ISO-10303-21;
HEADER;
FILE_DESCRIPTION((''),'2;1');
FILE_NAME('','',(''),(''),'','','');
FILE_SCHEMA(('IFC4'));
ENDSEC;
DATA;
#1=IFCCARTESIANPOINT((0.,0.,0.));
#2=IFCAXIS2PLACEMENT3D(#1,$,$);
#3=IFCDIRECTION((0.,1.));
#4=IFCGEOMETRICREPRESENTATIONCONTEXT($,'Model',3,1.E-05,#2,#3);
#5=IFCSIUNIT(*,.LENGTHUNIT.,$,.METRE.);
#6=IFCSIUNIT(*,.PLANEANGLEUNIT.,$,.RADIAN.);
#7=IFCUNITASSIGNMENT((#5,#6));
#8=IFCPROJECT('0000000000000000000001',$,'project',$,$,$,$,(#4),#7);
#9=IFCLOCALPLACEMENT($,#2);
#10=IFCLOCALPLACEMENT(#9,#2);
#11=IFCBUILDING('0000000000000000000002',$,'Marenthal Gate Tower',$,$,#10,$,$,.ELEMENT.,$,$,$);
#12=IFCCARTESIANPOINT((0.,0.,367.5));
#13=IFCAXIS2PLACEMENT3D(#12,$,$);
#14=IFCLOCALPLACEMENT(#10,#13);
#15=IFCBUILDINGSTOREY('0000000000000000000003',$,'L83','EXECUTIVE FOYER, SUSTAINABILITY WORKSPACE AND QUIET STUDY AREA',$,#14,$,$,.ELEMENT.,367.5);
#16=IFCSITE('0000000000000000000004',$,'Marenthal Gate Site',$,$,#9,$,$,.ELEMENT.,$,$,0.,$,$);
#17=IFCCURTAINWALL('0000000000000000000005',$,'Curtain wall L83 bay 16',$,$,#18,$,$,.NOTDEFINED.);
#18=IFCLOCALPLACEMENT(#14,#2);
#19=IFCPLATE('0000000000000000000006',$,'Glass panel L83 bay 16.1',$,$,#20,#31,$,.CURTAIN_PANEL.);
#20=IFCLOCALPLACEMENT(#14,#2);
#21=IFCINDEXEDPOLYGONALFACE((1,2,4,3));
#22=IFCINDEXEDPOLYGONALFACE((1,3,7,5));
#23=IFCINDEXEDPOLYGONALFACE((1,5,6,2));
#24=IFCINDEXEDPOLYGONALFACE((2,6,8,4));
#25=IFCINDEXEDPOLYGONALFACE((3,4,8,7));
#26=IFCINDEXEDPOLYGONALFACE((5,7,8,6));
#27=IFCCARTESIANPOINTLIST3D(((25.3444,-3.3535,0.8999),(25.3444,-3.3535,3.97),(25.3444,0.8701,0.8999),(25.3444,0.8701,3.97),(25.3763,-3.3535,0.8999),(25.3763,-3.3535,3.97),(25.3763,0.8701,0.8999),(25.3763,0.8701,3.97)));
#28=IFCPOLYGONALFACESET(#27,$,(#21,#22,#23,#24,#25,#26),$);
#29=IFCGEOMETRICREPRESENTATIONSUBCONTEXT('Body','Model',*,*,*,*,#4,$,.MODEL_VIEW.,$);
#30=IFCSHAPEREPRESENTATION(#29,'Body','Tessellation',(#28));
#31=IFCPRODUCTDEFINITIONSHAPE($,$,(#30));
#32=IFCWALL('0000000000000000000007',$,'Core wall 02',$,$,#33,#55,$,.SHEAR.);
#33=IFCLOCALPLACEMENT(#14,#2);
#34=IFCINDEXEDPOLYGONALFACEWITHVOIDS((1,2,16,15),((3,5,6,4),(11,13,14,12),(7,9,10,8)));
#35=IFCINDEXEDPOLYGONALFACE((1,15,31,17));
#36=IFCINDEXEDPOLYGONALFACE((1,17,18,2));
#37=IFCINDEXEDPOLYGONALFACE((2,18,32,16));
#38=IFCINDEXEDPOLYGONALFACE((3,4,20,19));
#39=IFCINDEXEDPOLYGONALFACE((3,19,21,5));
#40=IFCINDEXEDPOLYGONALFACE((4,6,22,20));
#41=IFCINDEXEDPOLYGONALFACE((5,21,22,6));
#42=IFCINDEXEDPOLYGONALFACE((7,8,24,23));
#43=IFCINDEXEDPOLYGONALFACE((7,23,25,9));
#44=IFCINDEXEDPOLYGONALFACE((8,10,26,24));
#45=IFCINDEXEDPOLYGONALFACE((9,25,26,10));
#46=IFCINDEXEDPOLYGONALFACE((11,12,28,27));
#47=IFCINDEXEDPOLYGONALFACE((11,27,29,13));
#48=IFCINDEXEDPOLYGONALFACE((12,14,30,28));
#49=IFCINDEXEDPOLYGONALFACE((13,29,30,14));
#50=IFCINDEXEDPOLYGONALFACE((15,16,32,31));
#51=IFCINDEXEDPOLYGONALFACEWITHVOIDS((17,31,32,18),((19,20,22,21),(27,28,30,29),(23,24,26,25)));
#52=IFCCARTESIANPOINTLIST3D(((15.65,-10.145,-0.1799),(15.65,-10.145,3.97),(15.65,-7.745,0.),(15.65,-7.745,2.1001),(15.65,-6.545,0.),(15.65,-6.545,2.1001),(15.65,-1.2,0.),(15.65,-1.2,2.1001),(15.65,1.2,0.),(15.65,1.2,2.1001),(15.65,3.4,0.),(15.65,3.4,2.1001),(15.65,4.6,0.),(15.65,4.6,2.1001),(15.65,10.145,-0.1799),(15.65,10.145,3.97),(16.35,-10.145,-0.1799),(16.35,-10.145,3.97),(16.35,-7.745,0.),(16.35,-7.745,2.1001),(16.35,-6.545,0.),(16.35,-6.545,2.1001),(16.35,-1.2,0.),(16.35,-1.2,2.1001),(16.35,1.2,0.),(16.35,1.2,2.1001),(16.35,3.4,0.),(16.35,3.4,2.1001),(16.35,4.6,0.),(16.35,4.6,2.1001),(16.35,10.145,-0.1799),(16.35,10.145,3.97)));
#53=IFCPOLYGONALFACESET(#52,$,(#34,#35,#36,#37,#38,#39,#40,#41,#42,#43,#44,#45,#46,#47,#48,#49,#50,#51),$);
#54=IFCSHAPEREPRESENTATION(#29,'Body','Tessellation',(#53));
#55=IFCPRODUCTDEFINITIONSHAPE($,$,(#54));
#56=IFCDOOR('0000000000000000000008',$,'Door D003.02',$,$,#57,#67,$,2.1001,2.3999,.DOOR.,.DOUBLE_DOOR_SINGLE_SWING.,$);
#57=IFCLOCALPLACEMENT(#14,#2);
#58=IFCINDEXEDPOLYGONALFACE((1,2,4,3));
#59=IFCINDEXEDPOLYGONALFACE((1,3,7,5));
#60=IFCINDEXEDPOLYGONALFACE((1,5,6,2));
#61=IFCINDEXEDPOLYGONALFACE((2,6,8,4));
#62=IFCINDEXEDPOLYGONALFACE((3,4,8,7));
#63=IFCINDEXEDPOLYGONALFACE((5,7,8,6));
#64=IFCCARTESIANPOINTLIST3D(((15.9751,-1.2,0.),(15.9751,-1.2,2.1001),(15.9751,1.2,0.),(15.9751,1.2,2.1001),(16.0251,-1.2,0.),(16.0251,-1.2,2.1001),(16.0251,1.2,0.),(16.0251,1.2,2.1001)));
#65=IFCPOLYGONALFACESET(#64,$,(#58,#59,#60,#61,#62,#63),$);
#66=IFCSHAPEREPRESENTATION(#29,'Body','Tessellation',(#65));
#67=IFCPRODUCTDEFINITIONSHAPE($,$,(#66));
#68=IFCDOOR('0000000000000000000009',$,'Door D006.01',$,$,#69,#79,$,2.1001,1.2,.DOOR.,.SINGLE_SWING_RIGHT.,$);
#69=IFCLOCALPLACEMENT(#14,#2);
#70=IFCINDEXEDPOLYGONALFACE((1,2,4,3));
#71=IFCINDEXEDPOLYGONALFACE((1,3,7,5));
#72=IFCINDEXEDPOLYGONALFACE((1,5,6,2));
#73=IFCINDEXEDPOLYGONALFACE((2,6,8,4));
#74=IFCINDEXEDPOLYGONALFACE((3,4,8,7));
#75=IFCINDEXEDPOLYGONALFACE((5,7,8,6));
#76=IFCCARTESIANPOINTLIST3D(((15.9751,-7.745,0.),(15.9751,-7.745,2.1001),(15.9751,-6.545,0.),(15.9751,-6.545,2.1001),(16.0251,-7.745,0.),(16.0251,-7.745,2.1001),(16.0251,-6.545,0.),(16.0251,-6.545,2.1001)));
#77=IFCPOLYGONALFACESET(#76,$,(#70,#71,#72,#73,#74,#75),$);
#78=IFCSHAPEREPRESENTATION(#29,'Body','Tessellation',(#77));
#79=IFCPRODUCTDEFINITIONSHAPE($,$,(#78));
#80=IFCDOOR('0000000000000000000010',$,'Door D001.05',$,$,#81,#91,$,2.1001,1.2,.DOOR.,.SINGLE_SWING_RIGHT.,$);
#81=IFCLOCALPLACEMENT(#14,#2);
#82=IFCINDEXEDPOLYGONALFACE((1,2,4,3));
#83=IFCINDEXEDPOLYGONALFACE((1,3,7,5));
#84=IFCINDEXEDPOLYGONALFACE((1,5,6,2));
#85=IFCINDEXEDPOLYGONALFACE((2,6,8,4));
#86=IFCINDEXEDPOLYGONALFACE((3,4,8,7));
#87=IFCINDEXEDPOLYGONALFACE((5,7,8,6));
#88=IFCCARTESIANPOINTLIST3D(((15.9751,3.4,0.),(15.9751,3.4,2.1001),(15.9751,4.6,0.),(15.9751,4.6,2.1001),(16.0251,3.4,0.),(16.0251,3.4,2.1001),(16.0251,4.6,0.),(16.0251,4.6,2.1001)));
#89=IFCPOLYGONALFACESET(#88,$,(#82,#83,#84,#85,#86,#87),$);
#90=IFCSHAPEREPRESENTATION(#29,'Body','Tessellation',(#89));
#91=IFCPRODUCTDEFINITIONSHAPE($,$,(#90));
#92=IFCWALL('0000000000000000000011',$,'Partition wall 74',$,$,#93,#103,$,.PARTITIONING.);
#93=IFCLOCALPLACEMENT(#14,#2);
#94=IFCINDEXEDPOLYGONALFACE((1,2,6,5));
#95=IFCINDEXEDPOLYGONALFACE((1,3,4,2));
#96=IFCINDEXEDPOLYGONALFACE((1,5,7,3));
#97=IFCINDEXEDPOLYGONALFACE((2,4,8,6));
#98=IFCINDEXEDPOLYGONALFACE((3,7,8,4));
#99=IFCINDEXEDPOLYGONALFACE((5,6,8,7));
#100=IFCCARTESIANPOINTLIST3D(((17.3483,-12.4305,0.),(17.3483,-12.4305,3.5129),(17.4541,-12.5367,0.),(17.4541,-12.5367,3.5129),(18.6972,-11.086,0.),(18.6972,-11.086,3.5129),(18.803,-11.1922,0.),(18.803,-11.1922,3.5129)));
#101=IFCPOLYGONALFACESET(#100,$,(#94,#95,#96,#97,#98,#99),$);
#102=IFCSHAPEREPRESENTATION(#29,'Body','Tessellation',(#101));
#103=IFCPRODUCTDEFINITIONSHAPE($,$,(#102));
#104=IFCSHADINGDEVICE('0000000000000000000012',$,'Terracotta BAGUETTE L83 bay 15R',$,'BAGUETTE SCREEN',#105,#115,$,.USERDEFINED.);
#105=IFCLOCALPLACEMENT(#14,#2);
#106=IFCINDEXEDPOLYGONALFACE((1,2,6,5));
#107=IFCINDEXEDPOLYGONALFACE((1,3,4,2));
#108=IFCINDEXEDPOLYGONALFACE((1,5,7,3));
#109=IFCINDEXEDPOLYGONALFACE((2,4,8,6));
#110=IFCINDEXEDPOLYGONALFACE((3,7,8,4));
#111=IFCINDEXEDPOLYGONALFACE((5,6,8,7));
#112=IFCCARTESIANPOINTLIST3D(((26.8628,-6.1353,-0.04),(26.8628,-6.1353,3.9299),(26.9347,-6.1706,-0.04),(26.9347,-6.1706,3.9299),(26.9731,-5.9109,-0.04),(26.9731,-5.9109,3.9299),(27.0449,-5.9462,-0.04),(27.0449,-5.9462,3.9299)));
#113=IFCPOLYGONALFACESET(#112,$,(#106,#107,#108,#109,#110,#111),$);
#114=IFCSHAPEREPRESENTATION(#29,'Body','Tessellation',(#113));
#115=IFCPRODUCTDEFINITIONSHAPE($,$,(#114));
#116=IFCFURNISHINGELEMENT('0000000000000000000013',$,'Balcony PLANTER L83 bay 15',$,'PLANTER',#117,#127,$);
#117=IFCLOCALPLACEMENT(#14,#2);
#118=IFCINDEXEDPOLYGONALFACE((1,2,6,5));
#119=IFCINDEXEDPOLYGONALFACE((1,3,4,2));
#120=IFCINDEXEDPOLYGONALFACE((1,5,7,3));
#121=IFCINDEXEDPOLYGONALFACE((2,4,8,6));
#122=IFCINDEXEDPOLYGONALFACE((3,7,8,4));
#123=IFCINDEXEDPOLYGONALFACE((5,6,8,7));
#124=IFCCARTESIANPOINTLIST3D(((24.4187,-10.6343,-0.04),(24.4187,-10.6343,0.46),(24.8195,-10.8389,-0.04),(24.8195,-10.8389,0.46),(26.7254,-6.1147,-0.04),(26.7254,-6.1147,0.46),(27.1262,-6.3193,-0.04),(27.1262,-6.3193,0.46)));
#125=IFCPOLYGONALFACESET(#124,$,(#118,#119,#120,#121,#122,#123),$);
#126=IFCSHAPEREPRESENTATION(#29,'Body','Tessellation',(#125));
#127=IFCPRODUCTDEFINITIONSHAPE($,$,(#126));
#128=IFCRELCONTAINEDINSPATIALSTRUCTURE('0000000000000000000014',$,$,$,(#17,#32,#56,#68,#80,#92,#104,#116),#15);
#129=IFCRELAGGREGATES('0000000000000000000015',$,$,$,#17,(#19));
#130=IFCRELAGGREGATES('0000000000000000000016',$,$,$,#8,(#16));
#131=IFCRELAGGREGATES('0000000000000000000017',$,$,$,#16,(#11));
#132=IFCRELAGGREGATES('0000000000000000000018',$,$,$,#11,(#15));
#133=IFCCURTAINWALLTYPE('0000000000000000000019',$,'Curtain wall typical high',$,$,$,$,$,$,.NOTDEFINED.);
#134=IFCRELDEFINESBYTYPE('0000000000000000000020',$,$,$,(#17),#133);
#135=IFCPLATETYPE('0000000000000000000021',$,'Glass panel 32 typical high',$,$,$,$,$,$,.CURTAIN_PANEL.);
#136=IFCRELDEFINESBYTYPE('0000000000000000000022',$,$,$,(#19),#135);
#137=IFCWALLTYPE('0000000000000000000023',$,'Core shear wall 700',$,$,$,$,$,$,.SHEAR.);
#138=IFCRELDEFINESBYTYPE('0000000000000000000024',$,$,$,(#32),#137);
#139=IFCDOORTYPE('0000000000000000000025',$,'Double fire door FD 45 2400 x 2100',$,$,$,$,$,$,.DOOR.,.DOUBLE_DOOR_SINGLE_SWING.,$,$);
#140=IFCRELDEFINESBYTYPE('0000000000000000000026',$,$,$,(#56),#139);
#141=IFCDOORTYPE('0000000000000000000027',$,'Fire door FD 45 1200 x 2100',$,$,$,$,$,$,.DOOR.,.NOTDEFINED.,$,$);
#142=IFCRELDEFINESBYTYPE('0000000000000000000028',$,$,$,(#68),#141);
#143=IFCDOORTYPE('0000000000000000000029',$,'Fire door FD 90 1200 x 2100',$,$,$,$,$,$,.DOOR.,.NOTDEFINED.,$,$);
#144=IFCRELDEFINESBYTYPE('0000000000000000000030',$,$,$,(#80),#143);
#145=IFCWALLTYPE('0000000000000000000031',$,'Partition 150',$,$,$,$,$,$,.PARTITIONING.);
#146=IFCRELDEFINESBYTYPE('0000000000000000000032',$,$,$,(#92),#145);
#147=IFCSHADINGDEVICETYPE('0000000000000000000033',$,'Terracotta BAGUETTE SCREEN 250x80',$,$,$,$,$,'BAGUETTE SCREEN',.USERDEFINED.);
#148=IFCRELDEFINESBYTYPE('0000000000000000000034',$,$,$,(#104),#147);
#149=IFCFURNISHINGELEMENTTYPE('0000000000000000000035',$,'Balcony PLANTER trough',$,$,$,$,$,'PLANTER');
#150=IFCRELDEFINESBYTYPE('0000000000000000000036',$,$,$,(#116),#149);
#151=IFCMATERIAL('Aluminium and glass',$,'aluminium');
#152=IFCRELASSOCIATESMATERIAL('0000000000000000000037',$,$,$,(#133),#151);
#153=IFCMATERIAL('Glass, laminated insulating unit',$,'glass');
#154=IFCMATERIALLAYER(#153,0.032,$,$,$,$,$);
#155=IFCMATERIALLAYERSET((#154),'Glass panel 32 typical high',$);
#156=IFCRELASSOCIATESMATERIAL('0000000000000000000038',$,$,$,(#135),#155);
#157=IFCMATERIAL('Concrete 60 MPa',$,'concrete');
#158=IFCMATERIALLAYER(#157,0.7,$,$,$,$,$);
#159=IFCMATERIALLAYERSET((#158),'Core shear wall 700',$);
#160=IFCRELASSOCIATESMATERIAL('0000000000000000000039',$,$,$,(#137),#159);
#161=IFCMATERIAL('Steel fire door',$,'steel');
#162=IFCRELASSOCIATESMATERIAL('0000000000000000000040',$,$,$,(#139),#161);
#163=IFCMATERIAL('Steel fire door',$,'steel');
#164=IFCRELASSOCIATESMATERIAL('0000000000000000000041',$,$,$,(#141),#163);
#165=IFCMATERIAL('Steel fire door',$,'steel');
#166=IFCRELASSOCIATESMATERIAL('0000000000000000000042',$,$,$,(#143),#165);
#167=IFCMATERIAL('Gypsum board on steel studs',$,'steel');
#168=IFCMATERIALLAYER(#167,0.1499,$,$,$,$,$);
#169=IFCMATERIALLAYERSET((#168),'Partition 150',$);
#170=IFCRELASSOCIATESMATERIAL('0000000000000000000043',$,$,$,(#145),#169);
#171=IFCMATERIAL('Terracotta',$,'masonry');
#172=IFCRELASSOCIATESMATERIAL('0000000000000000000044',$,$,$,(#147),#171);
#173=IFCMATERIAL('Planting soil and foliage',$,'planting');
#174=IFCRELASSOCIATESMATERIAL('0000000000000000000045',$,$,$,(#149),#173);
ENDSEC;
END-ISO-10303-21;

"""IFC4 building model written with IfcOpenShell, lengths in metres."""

from ifc_helpers import new_model, si_unit, direction, frame, frame_2d, origin, origin_2d, place, context, subcontext, project, spatial, rectangle, extrude, material, layer, layer_set, material_profile, profile_set, type_object, element, fill, aggregate, save


model = new_model("IFC4")

# Units and contexts
model_context = context("Model", 3, precision=1e-05, world=origin(), true_north=direction((0.0, 1.0)))
body_context = subcontext(model_context, "Body", "Model", "MODEL_VIEW")
ifc_project = project(units=[si_unit("LENGTHUNIT", "METRE"), si_unit("PLANEANGLEUNIT", "RADIAN")], contexts=[model_context])

# Site, building, storey
site_placement = place(None, origin())
site = spatial("IfcSite", under=ifc_project, at=site_placement, Name="Marenthal Gate Site", CompositionType="ELEMENT", RefElevation=0.0)
building_placement = place(site_placement, origin())
building = spatial("IfcBuilding", under=site, at=building_placement, Name="Marenthal Gate Tower", CompositionType="ELEMENT")
storey_placement = place(building_placement, frame((0.0, 0.0, 367.5)))
storey = spatial("IfcBuildingStorey", under=building, at=storey_placement, Name="L83", Description="EXECUTIVE FOYER, SUSTAINABILITY WORKSPACE AND QUIET STUDY AREA", CompositionType="ELEMENT", Elevation=367.5)

# Curtain wall
ifc_material_1 = material(Name="Aluminium and glass", Category="aluminium")
curtain_wall_type = type_object("IfcCurtainWallType", Name="Curtain wall typical high", PredefinedType="NOTDEFINED", material=ifc_material_1)
curtain_wall_placement = place(storey_placement, origin())
curtain_wall = element("IfcCurtainWall", 1, at=curtain_wall_placement, inside=storey, type_object=curtain_wall_type, Name="Curtain wall L83 bay 16", PredefinedType="NOTDEFINED")

# Plate
ifc_material_2 = material(Name="Glass, laminated insulating unit", Category="glass")
ifc_layer_1 = layer(ifc_material_2, 0.032)
ifc_layer_set_1 = layer_set([ifc_layer_1], Name="Glass panel 32 typical high")
plate_type = type_object("IfcPlateType", Name="Glass panel 32 typical high", PredefinedType="CURTAIN_PANEL", material=ifc_layer_set_1)
plate_placement = place(storey_placement, frame((25.3604, -1.2417, 0.8999), z_axis=(0.0, 0.0, 1.0), x_axis=(0.0, 1.0, 0.0)))
plate = element("IfcPlate", 2, at=plate_placement, type_object=plate_type, Name="Glass panel L83 bay 16.1", PredefinedType="CURTAIN_PANEL", context=body_context, shape_type="SweptSolid", body=[
    extrude(rectangle(XDim=4.2236, YDim=0.032, at=origin_2d()), origin(), (0.0, 0.0, 1.0), 3.0701),
])
aggregate(curtain_wall, [plate])

# Wall, openings, doors
ifc_material_3 = material(Name="Concrete 60 MPa", Category="concrete")
ifc_layer_2 = layer(ifc_material_3, 0.7)
ifc_layer_set_2 = layer_set([ifc_layer_2], Name="Core shear wall 700")
wall_type_1 = type_object("IfcWallType", Name="Core shear wall 700", PredefinedType="SHEAR", material=ifc_layer_set_2)
wall_1_placement = place(storey_placement, frame((16.0, -10.145, -0.1799), z_axis=(0.0, 0.0, 1.0), x_axis=(0.0, 1.0, 0.0)))
wall_1 = element("IfcWall", 3, at=wall_1_placement, inside=storey, type_object=wall_type_1, Name="Core wall 02", PredefinedType="SHEAR", context=body_context, shape_type="SweptSolid", body=[
    extrude(rectangle(XDim=20.29, YDim=0.7, at=frame_2d((10.145, 0.0))), origin(), (0.0, 0.0, 1.0), 4.1499),
])
opening_1_placement = place(wall_1_placement, frame((8.9451, 0.0, 0.1799)))
opening_1 = element("IfcOpeningElement", 4, at=opening_1_placement, cuts=wall_1, PredefinedType="OPENING", context=body_context, shape_type="SweptSolid", body=[
    extrude(rectangle(XDim=2.3999, YDim=2.1001, at=frame_2d((1.2, 1.05))), frame((0.0, 0.3599, 0.0), z_axis=(0.0, -1.0, 0.0), x_axis=(1.0, 0.0, 0.0)), (0.0, 0.0, 1.0), 0.72),
])
opening_2_placement = place(wall_1_placement, frame((13.5449, 0.0, 0.1799)))
opening_2 = element("IfcOpeningElement", 5, at=opening_2_placement, cuts=wall_1, PredefinedType="OPENING", context=body_context, shape_type="SweptSolid", body=[
    extrude(rectangle(XDim=1.2, YDim=2.1001, at=frame_2d((0.6001, 1.05))), frame((0.0, 0.3599, 0.0), z_axis=(0.0, -1.0, 0.0), x_axis=(1.0, 0.0, 0.0)), (0.0, 0.0, 1.0), 0.72),
])
opening_3_placement = place(wall_1_placement, frame((2.3999, 0.0, 0.1799)))
opening_3 = element("IfcOpeningElement", 6, at=opening_3_placement, cuts=wall_1, PredefinedType="OPENING", context=body_context, shape_type="SweptSolid", body=[
    extrude(rectangle(XDim=1.2, YDim=2.1001, at=frame_2d((0.6001, 1.05))), frame((0.0, 0.3599, 0.0), z_axis=(0.0, -1.0, 0.0), x_axis=(1.0, 0.0, 0.0)), (0.0, 0.0, 1.0), 0.72),
])
ifc_material_4 = material(Name="Steel fire door", Category="steel")
door_type_1 = type_object("IfcDoorType", Name="Double fire door FD 45 2400 x 2100", OperationType="DOUBLE_DOOR_SINGLE_SWING", PredefinedType="DOOR", material=ifc_material_4)
door_1_placement = place(opening_1_placement, origin())
door_1 = element("IfcDoor", 7, at=door_1_placement, inside=storey, type_object=door_type_1, Name="Door D003.02", OperationType="DOUBLE_DOOR_SINGLE_SWING", OverallHeight=2.1001, OverallWidth=2.3999, PredefinedType="DOOR", context=body_context, shape_type="SweptSolid", body=[
    extrude(rectangle(XDim=2.3999, YDim=2.1001, at=frame_2d((1.2, 1.05))), frame((0.0, 0.0249, 0.0), z_axis=(0.0, -1.0, 0.0), x_axis=(1.0, 0.0, 0.0)), (0.0, 0.0, 1.0), 0.05),
])
fill(opening_1, door_1)
ifc_material_5 = material(Name="Steel fire door", Category="steel")
door_type_2 = type_object("IfcDoorType", Name="Fire door FD 45 1200 x 2100", OperationType="NOTDEFINED", PredefinedType="DOOR", material=ifc_material_5)
door_2_placement = place(opening_3_placement, origin())
door_2 = element("IfcDoor", 8, at=door_2_placement, inside=storey, type_object=door_type_2, Name="Door D006.01", OperationType="SINGLE_SWING_RIGHT", OverallHeight=2.1001, OverallWidth=1.2, PredefinedType="DOOR", context=body_context, shape_type="SweptSolid", body=[
    extrude(rectangle(XDim=1.2, YDim=2.1001, at=frame_2d((0.6001, 1.05))), frame((0.0, 0.0249, 0.0), z_axis=(0.0, -1.0, 0.0), x_axis=(1.0, 0.0, 0.0)), (0.0, 0.0, 1.0), 0.05),
])
fill(opening_3, door_2)
ifc_material_6 = material(Name="Steel fire door", Category="steel")
door_type_3 = type_object("IfcDoorType", Name="Fire door FD 90 1200 x 2100", OperationType="NOTDEFINED", PredefinedType="DOOR", material=ifc_material_6)
door_3_placement = place(opening_2_placement, origin())
door_3 = element("IfcDoor", 9, at=door_3_placement, inside=storey, type_object=door_type_3, Name="Door D001.05", OperationType="SINGLE_SWING_RIGHT", OverallHeight=2.1001, OverallWidth=1.2, PredefinedType="DOOR", context=body_context, shape_type="SweptSolid", body=[
    extrude(rectangle(XDim=1.2, YDim=2.1001, at=frame_2d((0.6001, 1.05))), frame((0.0, 0.0249, 0.0), z_axis=(0.0, -1.0, 0.0), x_axis=(1.0, 0.0, 0.0)), (0.0, 0.0, 1.0), 0.05),
])
fill(opening_2, door_3)

# Wall
ifc_material_7 = material(Name="Gypsum board on steel studs", Category="steel")
ifc_layer_3 = layer(ifc_material_7, 0.1499)
ifc_layer_set_3 = layer_set([ifc_layer_3], Name="Partition 150")
wall_type_2 = type_object("IfcWallType", Name="Partition 150", PredefinedType="PARTITIONING", material=ifc_layer_set_3)
wall_2_placement = place(storey_placement, frame((18.75, -11.1392, 0.0), z_axis=(0.0, 0.0, 1.0), x_axis=(-0.70826, -0.705952, 0.0)))
element("IfcWall", 10, at=wall_2_placement, inside=storey, type_object=wall_type_2, Name="Partition wall 74", PredefinedType="PARTITIONING", context=body_context, shape_type="SweptSolid", body=[
    extrude(rectangle(XDim=1.9045, YDim=0.1499, at=frame_2d((0.9521, 0.0))), origin(), (0.0, 0.0, 1.0), 3.5129),
])

# Shading device
ifc_material_8 = material(Name="Terracotta", Category="masonry")
ifc_material_profile_1 = material_profile(ifc_material_8, rectangle(XDim=0.25, YDim=0.0801, at=origin_2d()), Name="Terracotta baguette 250x80")
ifc_profile_set_1 = profile_set([ifc_material_profile_1], Name="Terracotta")
shading_device_type = type_object("IfcShadingDeviceType", Name="Terracotta BAGUETTE SCREEN 250x80", ElementType="BAGUETTE SCREEN", PredefinedType="USERDEFINED", material=ifc_profile_set_1)
shading_device_placement = place(storey_placement, frame((26.9539, -6.0408, -0.04), z_axis=(0.0, 0.0, 1.0), x_axis=(0.441063, 0.897476, 0.0)))
element("IfcShadingDevice", 11, at=shading_device_placement, inside=storey, type_object=shading_device_type, Name="Terracotta BAGUETTE L83 bay 15R", ObjectType="BAGUETTE SCREEN", PredefinedType="USERDEFINED", context=body_context, shape_type="SweptSolid", body=[
    extrude(rectangle(XDim=0.25, YDim=0.0801, at=origin_2d()), origin(), (0.0, 0.0, 1.0), 3.97),
])

# Furnishing element
ifc_material_9 = material(Name="Planting soil and foliage", Category="planting")
furnishing_element_type = type_object("IfcFurnishingElementType", Name="Balcony PLANTER trough", ElementType="PLANTER", material=ifc_material_9)
furnishing_placement = place(storey_placement, frame((25.7725, -8.4768, -0.04), z_axis=(0.0, 0.0, 1.0), x_axis=(0.454596, 0.890698, 0.0)))
element("IfcFurnishingElement", 12, at=furnishing_placement, inside=storey, type_object=furnishing_element_type, Name="Balcony PLANTER L83 bay 15", ObjectType="PLANTER", context=body_context, shape_type="SweptSolid", body=[
    extrude(rectangle(XDim=5.0742, YDim=0.45, at=origin_2d()), origin(), (0.0, 0.0, 1.0), 0.5),
])

save(model, "model.ifc")
